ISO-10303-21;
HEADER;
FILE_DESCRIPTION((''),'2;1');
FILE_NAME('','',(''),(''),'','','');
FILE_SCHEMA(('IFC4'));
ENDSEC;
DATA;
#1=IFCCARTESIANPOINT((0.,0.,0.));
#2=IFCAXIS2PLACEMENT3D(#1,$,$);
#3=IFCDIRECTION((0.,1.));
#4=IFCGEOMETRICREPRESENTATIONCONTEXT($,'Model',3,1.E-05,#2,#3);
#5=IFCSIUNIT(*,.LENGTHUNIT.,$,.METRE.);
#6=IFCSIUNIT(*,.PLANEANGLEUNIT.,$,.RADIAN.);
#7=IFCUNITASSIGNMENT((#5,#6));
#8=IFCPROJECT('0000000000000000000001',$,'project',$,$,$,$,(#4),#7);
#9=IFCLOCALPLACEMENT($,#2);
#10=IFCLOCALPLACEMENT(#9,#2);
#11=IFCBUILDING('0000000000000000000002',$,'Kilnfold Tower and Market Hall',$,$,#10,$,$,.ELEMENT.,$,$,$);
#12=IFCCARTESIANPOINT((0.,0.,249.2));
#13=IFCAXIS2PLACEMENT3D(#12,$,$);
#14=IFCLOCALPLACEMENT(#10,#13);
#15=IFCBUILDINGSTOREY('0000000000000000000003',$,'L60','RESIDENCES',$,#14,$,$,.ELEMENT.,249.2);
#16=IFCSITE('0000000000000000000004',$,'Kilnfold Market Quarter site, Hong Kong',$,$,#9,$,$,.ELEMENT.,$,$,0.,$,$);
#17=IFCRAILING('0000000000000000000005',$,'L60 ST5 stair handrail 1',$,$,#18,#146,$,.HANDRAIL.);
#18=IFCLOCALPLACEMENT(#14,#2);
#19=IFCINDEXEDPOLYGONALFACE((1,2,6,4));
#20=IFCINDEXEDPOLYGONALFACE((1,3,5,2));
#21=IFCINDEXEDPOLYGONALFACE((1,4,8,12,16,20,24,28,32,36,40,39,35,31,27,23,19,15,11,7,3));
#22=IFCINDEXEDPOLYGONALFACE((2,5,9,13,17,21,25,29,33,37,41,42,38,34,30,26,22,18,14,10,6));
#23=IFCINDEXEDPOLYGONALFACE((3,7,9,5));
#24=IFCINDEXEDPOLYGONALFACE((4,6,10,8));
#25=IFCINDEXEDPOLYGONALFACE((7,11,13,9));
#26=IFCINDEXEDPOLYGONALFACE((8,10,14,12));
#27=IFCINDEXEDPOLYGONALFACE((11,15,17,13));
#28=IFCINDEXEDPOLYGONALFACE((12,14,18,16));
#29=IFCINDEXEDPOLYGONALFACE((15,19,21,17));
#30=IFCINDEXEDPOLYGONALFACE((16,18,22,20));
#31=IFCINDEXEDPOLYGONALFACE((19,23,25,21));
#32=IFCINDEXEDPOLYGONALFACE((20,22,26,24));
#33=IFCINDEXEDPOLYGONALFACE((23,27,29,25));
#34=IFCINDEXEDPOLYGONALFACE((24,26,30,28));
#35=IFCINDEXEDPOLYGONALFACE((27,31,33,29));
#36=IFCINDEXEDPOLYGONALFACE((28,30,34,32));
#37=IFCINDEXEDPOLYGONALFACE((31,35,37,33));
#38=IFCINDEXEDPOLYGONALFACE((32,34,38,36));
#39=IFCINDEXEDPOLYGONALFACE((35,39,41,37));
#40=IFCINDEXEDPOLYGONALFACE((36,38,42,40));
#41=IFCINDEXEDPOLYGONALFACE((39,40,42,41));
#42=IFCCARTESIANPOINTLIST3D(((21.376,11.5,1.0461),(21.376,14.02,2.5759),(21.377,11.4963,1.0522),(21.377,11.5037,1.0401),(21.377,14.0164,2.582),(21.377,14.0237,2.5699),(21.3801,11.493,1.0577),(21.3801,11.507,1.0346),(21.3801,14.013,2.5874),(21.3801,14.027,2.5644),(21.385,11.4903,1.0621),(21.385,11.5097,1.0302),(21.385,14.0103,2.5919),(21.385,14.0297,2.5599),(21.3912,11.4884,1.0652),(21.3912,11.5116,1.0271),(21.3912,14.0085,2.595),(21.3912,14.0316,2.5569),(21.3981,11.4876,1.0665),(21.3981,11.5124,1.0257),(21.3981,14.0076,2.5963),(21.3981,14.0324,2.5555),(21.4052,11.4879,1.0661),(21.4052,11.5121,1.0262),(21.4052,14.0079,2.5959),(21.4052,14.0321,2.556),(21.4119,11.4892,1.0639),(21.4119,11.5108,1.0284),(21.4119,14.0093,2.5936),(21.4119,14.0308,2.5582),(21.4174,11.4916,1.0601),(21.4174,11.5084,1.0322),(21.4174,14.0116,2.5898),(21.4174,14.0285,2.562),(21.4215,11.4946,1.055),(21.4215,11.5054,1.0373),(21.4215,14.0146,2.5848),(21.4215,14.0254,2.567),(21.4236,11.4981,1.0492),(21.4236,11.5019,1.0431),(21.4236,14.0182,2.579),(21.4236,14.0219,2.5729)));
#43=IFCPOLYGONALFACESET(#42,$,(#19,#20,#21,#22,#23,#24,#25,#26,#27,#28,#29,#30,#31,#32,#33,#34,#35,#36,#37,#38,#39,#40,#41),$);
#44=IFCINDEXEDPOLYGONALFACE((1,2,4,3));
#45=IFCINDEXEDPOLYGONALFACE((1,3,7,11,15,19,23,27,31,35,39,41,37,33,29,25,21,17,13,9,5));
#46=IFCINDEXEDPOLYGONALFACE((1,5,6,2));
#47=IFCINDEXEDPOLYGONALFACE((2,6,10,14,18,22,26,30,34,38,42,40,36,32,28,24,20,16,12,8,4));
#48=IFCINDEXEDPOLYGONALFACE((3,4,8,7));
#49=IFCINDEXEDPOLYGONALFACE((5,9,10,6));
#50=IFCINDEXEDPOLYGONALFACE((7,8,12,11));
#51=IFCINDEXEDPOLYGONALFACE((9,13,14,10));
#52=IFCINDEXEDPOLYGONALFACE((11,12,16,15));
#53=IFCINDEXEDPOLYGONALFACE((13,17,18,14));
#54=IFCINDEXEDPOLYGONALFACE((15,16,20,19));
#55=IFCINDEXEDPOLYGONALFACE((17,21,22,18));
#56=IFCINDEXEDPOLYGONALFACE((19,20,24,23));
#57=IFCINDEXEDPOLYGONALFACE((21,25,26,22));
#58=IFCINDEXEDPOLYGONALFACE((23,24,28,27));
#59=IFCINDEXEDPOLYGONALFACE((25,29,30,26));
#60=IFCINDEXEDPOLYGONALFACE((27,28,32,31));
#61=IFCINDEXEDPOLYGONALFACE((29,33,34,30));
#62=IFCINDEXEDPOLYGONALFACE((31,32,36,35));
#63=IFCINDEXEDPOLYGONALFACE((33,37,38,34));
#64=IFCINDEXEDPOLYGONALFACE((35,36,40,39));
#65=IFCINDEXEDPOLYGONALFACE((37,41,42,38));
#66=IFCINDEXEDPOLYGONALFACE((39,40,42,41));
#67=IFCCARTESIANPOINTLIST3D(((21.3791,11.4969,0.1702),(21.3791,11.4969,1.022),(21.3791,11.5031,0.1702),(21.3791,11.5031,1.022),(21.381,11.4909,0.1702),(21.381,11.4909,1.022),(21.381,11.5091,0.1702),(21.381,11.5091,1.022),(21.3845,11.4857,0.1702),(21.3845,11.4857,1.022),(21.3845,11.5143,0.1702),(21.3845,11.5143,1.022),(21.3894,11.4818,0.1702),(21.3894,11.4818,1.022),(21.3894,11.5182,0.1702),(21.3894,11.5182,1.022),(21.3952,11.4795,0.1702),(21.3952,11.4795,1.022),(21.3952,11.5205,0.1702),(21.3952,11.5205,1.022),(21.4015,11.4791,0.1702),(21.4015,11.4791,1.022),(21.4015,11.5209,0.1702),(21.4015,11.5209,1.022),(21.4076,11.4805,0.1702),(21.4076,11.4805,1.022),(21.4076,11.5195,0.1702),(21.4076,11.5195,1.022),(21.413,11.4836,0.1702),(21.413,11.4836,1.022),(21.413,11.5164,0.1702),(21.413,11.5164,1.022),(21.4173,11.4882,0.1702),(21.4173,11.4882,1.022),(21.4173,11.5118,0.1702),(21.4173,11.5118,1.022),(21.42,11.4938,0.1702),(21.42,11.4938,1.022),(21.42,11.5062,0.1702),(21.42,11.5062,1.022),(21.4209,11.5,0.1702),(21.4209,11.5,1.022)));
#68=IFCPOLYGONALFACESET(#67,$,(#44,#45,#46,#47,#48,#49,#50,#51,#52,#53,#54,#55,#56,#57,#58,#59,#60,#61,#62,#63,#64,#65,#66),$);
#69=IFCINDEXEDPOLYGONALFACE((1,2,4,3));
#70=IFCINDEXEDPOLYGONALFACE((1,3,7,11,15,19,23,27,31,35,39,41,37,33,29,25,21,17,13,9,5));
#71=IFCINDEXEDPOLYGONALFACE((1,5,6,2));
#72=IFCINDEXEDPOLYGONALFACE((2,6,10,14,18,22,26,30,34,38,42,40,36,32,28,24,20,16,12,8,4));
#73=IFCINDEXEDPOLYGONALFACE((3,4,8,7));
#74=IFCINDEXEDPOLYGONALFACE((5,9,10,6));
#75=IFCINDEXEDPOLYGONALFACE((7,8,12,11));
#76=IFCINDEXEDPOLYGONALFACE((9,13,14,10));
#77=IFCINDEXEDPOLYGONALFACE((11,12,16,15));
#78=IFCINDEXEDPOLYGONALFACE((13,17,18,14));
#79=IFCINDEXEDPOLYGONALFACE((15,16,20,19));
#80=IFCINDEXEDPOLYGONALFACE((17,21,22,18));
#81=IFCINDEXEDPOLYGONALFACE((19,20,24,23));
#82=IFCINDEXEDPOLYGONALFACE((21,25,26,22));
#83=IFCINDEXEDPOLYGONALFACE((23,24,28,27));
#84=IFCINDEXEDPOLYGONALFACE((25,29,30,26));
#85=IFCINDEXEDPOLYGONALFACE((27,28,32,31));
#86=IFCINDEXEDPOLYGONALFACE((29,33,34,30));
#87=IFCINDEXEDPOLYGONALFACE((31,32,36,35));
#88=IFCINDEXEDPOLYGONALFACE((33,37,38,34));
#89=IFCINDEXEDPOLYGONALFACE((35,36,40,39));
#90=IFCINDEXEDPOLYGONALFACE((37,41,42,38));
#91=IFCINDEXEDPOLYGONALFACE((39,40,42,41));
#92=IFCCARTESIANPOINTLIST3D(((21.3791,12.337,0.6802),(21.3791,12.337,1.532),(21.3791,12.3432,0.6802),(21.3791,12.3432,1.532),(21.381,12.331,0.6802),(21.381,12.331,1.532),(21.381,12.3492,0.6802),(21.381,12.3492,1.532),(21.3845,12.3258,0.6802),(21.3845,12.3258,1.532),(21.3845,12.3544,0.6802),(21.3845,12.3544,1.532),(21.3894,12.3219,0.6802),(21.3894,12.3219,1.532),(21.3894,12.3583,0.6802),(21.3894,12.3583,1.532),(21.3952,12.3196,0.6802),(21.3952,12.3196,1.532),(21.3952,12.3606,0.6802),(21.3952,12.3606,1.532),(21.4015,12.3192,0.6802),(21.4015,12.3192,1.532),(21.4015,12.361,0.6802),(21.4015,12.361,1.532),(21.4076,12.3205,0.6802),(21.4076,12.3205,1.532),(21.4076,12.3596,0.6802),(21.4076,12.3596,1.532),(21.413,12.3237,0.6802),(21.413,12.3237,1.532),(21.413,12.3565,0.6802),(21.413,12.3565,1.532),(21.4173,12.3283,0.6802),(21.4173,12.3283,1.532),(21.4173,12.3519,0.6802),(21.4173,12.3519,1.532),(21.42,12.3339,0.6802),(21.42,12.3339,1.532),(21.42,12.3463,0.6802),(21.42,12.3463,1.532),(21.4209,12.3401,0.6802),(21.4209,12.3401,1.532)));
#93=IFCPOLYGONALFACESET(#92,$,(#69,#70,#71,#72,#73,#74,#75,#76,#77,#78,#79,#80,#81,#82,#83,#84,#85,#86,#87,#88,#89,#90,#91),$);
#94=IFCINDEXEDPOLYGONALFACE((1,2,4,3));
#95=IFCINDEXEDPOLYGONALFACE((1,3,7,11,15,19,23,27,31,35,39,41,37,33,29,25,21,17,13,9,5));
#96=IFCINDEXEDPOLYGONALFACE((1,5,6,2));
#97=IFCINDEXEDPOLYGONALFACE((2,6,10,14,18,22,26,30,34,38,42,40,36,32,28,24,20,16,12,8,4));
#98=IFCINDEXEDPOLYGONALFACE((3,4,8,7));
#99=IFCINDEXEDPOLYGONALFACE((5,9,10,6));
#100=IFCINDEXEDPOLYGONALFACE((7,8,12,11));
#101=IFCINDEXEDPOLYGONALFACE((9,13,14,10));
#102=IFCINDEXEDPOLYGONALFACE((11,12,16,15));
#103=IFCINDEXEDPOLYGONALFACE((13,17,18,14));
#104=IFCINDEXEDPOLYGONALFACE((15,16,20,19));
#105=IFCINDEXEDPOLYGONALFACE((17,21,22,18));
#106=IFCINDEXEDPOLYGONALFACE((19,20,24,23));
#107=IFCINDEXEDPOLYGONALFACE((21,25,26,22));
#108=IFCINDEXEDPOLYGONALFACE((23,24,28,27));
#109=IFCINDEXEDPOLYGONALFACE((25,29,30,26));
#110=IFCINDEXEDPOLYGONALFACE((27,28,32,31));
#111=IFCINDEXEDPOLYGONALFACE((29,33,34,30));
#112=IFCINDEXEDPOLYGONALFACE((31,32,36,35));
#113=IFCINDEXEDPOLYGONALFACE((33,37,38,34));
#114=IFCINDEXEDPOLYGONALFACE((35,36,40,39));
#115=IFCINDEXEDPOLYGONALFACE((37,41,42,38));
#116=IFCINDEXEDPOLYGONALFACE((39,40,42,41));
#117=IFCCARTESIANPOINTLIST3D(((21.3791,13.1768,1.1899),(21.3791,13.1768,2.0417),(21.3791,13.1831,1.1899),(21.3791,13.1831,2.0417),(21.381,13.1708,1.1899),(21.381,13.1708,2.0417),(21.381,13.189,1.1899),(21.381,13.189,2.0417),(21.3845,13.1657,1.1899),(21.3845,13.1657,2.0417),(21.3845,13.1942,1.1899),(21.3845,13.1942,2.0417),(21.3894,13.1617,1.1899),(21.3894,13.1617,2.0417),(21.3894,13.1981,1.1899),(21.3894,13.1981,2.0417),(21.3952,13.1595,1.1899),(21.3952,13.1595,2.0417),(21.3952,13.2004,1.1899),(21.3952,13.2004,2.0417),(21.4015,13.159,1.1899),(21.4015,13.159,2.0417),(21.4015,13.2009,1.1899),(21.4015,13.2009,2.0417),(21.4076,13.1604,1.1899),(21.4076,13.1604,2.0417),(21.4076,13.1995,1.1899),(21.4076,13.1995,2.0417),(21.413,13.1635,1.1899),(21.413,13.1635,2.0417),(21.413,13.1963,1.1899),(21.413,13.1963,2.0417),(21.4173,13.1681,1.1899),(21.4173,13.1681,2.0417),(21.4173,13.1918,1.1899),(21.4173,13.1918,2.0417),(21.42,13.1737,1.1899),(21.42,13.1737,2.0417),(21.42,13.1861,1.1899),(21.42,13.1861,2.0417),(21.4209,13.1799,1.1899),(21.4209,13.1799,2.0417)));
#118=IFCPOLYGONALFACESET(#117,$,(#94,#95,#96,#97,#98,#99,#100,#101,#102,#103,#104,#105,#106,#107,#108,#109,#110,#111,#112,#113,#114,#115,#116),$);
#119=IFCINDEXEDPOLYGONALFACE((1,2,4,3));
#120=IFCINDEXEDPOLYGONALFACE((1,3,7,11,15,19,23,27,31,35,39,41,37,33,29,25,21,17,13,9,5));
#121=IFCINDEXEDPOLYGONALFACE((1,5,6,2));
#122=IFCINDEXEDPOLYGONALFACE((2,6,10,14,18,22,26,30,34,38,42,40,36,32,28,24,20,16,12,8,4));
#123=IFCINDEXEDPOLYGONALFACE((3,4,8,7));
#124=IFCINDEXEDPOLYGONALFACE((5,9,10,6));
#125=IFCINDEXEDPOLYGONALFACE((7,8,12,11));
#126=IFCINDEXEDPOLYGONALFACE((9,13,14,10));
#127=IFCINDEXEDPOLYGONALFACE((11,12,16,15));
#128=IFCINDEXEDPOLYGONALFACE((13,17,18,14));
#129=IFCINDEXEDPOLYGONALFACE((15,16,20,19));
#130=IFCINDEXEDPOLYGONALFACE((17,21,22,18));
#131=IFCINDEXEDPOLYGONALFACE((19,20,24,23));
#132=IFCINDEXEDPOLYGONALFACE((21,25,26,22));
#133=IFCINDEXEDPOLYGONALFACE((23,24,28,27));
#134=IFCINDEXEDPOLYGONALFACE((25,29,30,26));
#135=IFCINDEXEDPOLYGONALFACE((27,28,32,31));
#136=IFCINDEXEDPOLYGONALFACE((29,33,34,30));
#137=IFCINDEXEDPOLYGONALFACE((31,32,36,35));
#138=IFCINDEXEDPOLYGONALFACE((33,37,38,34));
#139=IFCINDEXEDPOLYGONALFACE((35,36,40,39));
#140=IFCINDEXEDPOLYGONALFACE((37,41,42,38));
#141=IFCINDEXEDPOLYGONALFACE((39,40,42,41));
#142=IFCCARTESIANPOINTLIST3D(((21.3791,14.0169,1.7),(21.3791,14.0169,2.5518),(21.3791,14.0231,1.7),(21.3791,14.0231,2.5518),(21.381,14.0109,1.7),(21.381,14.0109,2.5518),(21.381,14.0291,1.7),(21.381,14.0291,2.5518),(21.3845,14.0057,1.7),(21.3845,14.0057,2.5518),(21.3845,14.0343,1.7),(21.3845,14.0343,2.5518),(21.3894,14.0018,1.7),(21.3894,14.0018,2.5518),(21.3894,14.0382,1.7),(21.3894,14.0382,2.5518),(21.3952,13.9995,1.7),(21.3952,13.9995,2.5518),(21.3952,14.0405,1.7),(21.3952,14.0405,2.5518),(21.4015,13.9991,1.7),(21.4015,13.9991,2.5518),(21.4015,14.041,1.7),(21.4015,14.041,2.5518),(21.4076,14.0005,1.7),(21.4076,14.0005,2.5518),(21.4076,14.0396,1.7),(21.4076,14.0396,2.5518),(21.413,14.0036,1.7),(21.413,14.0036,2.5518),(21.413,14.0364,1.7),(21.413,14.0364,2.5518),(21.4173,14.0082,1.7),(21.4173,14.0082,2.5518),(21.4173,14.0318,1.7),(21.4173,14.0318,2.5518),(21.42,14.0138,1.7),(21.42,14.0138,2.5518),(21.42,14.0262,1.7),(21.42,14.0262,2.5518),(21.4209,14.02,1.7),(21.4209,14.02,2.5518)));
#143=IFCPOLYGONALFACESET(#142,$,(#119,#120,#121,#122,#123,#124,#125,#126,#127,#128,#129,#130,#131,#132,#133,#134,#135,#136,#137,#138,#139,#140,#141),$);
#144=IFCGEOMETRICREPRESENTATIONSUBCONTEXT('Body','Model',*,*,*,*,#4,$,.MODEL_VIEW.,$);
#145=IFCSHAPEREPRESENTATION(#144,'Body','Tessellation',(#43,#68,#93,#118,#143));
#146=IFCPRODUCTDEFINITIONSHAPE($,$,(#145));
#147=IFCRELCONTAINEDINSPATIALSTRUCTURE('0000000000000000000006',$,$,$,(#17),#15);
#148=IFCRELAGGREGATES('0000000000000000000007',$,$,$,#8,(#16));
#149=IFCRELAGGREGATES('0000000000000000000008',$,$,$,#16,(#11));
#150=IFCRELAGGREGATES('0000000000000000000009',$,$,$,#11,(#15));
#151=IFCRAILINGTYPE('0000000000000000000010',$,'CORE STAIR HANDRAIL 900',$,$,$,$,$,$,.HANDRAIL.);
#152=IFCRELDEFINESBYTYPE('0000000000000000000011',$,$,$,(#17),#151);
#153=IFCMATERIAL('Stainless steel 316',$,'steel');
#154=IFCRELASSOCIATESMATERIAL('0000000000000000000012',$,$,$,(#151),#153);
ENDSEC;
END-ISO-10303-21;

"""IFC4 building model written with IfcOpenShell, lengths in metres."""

from ifc_helpers import new_model, si_unit, direction, frame, origin, origin_2d, place, context, subcontext, project, spatial, circle, extrude, material, type_object, element, save


model = new_model("IFC4")

# Units and contexts
model_context = context("Model", 3, precision=1e-05, world=origin(), true_north=direction((0.0, 1.0)))
body_context = subcontext(model_context, "Body", "Model", "MODEL_VIEW")
ifc_project = project(units=[si_unit("LENGTHUNIT", "METRE"), si_unit("PLANEANGLEUNIT", "RADIAN")], contexts=[model_context])

# Site, building, storey
site_placement = place(None, origin())
site = spatial("IfcSite", under=ifc_project, at=site_placement, Name="Kilnfold Market Quarter site, Hong Kong", CompositionType="ELEMENT", RefElevation=0.0)
building_placement = place(site_placement, origin())
building = spatial("IfcBuilding", under=site, at=building_placement, Name="Kilnfold Tower and Market Hall", CompositionType="ELEMENT")
storey_placement = place(building_placement, frame((0.0, 0.0, 249.2)))
storey = spatial("IfcBuildingStorey", under=building, at=storey_placement, Name="L60", Description="RESIDENCES", CompositionType="ELEMENT", Elevation=249.2)

# Railing
ifc_material_1 = material(Name="Stainless steel 316", Category="steel")
railing_type_1 = type_object("IfcRailingType", Name="CORE STAIR HANDRAIL 900", PredefinedType="HANDRAIL", material=ifc_material_1)
railing_1_placement = place(storey_placement, frame((21.3999, 11.5, 0.1702)))
element("IfcRailing", 1, at=railing_1_placement, inside=storey, type_object=railing_type_1, Name="L60 ST5 stair handrail 1", PredefinedType="HANDRAIL", context=body_context, shape_type="SweptSolid", body=[
    extrude(circle(Radius=0.0239, at=origin_2d()), frame((0.0, 0.0, 0.876), z_axis=(0.0, 0.854822, 0.518922), x_axis=(-1.0, 0.0, 0.0)), (0.0, 0.0, 1.0), 2.948),
    extrude(circle(Radius=0.021, at=origin_2d()), origin(), (0.0, 0.0, 1.0), 0.8518),
    extrude(circle(Radius=0.021, at=origin_2d()), frame((0.0, 0.8401, 0.51)), (0.0, 0.0, 1.0), 0.8518),
    extrude(circle(Radius=0.021, at=origin_2d()), frame((0.0, 1.6799, 1.0198)), (0.0, 0.0, 1.0), 0.8518),
    extrude(circle(Radius=0.021, at=origin_2d()), frame((0.0, 2.52, 1.5298)), (0.0, 0.0, 1.0), 0.8518),
])

save(model, "model.ifc")
